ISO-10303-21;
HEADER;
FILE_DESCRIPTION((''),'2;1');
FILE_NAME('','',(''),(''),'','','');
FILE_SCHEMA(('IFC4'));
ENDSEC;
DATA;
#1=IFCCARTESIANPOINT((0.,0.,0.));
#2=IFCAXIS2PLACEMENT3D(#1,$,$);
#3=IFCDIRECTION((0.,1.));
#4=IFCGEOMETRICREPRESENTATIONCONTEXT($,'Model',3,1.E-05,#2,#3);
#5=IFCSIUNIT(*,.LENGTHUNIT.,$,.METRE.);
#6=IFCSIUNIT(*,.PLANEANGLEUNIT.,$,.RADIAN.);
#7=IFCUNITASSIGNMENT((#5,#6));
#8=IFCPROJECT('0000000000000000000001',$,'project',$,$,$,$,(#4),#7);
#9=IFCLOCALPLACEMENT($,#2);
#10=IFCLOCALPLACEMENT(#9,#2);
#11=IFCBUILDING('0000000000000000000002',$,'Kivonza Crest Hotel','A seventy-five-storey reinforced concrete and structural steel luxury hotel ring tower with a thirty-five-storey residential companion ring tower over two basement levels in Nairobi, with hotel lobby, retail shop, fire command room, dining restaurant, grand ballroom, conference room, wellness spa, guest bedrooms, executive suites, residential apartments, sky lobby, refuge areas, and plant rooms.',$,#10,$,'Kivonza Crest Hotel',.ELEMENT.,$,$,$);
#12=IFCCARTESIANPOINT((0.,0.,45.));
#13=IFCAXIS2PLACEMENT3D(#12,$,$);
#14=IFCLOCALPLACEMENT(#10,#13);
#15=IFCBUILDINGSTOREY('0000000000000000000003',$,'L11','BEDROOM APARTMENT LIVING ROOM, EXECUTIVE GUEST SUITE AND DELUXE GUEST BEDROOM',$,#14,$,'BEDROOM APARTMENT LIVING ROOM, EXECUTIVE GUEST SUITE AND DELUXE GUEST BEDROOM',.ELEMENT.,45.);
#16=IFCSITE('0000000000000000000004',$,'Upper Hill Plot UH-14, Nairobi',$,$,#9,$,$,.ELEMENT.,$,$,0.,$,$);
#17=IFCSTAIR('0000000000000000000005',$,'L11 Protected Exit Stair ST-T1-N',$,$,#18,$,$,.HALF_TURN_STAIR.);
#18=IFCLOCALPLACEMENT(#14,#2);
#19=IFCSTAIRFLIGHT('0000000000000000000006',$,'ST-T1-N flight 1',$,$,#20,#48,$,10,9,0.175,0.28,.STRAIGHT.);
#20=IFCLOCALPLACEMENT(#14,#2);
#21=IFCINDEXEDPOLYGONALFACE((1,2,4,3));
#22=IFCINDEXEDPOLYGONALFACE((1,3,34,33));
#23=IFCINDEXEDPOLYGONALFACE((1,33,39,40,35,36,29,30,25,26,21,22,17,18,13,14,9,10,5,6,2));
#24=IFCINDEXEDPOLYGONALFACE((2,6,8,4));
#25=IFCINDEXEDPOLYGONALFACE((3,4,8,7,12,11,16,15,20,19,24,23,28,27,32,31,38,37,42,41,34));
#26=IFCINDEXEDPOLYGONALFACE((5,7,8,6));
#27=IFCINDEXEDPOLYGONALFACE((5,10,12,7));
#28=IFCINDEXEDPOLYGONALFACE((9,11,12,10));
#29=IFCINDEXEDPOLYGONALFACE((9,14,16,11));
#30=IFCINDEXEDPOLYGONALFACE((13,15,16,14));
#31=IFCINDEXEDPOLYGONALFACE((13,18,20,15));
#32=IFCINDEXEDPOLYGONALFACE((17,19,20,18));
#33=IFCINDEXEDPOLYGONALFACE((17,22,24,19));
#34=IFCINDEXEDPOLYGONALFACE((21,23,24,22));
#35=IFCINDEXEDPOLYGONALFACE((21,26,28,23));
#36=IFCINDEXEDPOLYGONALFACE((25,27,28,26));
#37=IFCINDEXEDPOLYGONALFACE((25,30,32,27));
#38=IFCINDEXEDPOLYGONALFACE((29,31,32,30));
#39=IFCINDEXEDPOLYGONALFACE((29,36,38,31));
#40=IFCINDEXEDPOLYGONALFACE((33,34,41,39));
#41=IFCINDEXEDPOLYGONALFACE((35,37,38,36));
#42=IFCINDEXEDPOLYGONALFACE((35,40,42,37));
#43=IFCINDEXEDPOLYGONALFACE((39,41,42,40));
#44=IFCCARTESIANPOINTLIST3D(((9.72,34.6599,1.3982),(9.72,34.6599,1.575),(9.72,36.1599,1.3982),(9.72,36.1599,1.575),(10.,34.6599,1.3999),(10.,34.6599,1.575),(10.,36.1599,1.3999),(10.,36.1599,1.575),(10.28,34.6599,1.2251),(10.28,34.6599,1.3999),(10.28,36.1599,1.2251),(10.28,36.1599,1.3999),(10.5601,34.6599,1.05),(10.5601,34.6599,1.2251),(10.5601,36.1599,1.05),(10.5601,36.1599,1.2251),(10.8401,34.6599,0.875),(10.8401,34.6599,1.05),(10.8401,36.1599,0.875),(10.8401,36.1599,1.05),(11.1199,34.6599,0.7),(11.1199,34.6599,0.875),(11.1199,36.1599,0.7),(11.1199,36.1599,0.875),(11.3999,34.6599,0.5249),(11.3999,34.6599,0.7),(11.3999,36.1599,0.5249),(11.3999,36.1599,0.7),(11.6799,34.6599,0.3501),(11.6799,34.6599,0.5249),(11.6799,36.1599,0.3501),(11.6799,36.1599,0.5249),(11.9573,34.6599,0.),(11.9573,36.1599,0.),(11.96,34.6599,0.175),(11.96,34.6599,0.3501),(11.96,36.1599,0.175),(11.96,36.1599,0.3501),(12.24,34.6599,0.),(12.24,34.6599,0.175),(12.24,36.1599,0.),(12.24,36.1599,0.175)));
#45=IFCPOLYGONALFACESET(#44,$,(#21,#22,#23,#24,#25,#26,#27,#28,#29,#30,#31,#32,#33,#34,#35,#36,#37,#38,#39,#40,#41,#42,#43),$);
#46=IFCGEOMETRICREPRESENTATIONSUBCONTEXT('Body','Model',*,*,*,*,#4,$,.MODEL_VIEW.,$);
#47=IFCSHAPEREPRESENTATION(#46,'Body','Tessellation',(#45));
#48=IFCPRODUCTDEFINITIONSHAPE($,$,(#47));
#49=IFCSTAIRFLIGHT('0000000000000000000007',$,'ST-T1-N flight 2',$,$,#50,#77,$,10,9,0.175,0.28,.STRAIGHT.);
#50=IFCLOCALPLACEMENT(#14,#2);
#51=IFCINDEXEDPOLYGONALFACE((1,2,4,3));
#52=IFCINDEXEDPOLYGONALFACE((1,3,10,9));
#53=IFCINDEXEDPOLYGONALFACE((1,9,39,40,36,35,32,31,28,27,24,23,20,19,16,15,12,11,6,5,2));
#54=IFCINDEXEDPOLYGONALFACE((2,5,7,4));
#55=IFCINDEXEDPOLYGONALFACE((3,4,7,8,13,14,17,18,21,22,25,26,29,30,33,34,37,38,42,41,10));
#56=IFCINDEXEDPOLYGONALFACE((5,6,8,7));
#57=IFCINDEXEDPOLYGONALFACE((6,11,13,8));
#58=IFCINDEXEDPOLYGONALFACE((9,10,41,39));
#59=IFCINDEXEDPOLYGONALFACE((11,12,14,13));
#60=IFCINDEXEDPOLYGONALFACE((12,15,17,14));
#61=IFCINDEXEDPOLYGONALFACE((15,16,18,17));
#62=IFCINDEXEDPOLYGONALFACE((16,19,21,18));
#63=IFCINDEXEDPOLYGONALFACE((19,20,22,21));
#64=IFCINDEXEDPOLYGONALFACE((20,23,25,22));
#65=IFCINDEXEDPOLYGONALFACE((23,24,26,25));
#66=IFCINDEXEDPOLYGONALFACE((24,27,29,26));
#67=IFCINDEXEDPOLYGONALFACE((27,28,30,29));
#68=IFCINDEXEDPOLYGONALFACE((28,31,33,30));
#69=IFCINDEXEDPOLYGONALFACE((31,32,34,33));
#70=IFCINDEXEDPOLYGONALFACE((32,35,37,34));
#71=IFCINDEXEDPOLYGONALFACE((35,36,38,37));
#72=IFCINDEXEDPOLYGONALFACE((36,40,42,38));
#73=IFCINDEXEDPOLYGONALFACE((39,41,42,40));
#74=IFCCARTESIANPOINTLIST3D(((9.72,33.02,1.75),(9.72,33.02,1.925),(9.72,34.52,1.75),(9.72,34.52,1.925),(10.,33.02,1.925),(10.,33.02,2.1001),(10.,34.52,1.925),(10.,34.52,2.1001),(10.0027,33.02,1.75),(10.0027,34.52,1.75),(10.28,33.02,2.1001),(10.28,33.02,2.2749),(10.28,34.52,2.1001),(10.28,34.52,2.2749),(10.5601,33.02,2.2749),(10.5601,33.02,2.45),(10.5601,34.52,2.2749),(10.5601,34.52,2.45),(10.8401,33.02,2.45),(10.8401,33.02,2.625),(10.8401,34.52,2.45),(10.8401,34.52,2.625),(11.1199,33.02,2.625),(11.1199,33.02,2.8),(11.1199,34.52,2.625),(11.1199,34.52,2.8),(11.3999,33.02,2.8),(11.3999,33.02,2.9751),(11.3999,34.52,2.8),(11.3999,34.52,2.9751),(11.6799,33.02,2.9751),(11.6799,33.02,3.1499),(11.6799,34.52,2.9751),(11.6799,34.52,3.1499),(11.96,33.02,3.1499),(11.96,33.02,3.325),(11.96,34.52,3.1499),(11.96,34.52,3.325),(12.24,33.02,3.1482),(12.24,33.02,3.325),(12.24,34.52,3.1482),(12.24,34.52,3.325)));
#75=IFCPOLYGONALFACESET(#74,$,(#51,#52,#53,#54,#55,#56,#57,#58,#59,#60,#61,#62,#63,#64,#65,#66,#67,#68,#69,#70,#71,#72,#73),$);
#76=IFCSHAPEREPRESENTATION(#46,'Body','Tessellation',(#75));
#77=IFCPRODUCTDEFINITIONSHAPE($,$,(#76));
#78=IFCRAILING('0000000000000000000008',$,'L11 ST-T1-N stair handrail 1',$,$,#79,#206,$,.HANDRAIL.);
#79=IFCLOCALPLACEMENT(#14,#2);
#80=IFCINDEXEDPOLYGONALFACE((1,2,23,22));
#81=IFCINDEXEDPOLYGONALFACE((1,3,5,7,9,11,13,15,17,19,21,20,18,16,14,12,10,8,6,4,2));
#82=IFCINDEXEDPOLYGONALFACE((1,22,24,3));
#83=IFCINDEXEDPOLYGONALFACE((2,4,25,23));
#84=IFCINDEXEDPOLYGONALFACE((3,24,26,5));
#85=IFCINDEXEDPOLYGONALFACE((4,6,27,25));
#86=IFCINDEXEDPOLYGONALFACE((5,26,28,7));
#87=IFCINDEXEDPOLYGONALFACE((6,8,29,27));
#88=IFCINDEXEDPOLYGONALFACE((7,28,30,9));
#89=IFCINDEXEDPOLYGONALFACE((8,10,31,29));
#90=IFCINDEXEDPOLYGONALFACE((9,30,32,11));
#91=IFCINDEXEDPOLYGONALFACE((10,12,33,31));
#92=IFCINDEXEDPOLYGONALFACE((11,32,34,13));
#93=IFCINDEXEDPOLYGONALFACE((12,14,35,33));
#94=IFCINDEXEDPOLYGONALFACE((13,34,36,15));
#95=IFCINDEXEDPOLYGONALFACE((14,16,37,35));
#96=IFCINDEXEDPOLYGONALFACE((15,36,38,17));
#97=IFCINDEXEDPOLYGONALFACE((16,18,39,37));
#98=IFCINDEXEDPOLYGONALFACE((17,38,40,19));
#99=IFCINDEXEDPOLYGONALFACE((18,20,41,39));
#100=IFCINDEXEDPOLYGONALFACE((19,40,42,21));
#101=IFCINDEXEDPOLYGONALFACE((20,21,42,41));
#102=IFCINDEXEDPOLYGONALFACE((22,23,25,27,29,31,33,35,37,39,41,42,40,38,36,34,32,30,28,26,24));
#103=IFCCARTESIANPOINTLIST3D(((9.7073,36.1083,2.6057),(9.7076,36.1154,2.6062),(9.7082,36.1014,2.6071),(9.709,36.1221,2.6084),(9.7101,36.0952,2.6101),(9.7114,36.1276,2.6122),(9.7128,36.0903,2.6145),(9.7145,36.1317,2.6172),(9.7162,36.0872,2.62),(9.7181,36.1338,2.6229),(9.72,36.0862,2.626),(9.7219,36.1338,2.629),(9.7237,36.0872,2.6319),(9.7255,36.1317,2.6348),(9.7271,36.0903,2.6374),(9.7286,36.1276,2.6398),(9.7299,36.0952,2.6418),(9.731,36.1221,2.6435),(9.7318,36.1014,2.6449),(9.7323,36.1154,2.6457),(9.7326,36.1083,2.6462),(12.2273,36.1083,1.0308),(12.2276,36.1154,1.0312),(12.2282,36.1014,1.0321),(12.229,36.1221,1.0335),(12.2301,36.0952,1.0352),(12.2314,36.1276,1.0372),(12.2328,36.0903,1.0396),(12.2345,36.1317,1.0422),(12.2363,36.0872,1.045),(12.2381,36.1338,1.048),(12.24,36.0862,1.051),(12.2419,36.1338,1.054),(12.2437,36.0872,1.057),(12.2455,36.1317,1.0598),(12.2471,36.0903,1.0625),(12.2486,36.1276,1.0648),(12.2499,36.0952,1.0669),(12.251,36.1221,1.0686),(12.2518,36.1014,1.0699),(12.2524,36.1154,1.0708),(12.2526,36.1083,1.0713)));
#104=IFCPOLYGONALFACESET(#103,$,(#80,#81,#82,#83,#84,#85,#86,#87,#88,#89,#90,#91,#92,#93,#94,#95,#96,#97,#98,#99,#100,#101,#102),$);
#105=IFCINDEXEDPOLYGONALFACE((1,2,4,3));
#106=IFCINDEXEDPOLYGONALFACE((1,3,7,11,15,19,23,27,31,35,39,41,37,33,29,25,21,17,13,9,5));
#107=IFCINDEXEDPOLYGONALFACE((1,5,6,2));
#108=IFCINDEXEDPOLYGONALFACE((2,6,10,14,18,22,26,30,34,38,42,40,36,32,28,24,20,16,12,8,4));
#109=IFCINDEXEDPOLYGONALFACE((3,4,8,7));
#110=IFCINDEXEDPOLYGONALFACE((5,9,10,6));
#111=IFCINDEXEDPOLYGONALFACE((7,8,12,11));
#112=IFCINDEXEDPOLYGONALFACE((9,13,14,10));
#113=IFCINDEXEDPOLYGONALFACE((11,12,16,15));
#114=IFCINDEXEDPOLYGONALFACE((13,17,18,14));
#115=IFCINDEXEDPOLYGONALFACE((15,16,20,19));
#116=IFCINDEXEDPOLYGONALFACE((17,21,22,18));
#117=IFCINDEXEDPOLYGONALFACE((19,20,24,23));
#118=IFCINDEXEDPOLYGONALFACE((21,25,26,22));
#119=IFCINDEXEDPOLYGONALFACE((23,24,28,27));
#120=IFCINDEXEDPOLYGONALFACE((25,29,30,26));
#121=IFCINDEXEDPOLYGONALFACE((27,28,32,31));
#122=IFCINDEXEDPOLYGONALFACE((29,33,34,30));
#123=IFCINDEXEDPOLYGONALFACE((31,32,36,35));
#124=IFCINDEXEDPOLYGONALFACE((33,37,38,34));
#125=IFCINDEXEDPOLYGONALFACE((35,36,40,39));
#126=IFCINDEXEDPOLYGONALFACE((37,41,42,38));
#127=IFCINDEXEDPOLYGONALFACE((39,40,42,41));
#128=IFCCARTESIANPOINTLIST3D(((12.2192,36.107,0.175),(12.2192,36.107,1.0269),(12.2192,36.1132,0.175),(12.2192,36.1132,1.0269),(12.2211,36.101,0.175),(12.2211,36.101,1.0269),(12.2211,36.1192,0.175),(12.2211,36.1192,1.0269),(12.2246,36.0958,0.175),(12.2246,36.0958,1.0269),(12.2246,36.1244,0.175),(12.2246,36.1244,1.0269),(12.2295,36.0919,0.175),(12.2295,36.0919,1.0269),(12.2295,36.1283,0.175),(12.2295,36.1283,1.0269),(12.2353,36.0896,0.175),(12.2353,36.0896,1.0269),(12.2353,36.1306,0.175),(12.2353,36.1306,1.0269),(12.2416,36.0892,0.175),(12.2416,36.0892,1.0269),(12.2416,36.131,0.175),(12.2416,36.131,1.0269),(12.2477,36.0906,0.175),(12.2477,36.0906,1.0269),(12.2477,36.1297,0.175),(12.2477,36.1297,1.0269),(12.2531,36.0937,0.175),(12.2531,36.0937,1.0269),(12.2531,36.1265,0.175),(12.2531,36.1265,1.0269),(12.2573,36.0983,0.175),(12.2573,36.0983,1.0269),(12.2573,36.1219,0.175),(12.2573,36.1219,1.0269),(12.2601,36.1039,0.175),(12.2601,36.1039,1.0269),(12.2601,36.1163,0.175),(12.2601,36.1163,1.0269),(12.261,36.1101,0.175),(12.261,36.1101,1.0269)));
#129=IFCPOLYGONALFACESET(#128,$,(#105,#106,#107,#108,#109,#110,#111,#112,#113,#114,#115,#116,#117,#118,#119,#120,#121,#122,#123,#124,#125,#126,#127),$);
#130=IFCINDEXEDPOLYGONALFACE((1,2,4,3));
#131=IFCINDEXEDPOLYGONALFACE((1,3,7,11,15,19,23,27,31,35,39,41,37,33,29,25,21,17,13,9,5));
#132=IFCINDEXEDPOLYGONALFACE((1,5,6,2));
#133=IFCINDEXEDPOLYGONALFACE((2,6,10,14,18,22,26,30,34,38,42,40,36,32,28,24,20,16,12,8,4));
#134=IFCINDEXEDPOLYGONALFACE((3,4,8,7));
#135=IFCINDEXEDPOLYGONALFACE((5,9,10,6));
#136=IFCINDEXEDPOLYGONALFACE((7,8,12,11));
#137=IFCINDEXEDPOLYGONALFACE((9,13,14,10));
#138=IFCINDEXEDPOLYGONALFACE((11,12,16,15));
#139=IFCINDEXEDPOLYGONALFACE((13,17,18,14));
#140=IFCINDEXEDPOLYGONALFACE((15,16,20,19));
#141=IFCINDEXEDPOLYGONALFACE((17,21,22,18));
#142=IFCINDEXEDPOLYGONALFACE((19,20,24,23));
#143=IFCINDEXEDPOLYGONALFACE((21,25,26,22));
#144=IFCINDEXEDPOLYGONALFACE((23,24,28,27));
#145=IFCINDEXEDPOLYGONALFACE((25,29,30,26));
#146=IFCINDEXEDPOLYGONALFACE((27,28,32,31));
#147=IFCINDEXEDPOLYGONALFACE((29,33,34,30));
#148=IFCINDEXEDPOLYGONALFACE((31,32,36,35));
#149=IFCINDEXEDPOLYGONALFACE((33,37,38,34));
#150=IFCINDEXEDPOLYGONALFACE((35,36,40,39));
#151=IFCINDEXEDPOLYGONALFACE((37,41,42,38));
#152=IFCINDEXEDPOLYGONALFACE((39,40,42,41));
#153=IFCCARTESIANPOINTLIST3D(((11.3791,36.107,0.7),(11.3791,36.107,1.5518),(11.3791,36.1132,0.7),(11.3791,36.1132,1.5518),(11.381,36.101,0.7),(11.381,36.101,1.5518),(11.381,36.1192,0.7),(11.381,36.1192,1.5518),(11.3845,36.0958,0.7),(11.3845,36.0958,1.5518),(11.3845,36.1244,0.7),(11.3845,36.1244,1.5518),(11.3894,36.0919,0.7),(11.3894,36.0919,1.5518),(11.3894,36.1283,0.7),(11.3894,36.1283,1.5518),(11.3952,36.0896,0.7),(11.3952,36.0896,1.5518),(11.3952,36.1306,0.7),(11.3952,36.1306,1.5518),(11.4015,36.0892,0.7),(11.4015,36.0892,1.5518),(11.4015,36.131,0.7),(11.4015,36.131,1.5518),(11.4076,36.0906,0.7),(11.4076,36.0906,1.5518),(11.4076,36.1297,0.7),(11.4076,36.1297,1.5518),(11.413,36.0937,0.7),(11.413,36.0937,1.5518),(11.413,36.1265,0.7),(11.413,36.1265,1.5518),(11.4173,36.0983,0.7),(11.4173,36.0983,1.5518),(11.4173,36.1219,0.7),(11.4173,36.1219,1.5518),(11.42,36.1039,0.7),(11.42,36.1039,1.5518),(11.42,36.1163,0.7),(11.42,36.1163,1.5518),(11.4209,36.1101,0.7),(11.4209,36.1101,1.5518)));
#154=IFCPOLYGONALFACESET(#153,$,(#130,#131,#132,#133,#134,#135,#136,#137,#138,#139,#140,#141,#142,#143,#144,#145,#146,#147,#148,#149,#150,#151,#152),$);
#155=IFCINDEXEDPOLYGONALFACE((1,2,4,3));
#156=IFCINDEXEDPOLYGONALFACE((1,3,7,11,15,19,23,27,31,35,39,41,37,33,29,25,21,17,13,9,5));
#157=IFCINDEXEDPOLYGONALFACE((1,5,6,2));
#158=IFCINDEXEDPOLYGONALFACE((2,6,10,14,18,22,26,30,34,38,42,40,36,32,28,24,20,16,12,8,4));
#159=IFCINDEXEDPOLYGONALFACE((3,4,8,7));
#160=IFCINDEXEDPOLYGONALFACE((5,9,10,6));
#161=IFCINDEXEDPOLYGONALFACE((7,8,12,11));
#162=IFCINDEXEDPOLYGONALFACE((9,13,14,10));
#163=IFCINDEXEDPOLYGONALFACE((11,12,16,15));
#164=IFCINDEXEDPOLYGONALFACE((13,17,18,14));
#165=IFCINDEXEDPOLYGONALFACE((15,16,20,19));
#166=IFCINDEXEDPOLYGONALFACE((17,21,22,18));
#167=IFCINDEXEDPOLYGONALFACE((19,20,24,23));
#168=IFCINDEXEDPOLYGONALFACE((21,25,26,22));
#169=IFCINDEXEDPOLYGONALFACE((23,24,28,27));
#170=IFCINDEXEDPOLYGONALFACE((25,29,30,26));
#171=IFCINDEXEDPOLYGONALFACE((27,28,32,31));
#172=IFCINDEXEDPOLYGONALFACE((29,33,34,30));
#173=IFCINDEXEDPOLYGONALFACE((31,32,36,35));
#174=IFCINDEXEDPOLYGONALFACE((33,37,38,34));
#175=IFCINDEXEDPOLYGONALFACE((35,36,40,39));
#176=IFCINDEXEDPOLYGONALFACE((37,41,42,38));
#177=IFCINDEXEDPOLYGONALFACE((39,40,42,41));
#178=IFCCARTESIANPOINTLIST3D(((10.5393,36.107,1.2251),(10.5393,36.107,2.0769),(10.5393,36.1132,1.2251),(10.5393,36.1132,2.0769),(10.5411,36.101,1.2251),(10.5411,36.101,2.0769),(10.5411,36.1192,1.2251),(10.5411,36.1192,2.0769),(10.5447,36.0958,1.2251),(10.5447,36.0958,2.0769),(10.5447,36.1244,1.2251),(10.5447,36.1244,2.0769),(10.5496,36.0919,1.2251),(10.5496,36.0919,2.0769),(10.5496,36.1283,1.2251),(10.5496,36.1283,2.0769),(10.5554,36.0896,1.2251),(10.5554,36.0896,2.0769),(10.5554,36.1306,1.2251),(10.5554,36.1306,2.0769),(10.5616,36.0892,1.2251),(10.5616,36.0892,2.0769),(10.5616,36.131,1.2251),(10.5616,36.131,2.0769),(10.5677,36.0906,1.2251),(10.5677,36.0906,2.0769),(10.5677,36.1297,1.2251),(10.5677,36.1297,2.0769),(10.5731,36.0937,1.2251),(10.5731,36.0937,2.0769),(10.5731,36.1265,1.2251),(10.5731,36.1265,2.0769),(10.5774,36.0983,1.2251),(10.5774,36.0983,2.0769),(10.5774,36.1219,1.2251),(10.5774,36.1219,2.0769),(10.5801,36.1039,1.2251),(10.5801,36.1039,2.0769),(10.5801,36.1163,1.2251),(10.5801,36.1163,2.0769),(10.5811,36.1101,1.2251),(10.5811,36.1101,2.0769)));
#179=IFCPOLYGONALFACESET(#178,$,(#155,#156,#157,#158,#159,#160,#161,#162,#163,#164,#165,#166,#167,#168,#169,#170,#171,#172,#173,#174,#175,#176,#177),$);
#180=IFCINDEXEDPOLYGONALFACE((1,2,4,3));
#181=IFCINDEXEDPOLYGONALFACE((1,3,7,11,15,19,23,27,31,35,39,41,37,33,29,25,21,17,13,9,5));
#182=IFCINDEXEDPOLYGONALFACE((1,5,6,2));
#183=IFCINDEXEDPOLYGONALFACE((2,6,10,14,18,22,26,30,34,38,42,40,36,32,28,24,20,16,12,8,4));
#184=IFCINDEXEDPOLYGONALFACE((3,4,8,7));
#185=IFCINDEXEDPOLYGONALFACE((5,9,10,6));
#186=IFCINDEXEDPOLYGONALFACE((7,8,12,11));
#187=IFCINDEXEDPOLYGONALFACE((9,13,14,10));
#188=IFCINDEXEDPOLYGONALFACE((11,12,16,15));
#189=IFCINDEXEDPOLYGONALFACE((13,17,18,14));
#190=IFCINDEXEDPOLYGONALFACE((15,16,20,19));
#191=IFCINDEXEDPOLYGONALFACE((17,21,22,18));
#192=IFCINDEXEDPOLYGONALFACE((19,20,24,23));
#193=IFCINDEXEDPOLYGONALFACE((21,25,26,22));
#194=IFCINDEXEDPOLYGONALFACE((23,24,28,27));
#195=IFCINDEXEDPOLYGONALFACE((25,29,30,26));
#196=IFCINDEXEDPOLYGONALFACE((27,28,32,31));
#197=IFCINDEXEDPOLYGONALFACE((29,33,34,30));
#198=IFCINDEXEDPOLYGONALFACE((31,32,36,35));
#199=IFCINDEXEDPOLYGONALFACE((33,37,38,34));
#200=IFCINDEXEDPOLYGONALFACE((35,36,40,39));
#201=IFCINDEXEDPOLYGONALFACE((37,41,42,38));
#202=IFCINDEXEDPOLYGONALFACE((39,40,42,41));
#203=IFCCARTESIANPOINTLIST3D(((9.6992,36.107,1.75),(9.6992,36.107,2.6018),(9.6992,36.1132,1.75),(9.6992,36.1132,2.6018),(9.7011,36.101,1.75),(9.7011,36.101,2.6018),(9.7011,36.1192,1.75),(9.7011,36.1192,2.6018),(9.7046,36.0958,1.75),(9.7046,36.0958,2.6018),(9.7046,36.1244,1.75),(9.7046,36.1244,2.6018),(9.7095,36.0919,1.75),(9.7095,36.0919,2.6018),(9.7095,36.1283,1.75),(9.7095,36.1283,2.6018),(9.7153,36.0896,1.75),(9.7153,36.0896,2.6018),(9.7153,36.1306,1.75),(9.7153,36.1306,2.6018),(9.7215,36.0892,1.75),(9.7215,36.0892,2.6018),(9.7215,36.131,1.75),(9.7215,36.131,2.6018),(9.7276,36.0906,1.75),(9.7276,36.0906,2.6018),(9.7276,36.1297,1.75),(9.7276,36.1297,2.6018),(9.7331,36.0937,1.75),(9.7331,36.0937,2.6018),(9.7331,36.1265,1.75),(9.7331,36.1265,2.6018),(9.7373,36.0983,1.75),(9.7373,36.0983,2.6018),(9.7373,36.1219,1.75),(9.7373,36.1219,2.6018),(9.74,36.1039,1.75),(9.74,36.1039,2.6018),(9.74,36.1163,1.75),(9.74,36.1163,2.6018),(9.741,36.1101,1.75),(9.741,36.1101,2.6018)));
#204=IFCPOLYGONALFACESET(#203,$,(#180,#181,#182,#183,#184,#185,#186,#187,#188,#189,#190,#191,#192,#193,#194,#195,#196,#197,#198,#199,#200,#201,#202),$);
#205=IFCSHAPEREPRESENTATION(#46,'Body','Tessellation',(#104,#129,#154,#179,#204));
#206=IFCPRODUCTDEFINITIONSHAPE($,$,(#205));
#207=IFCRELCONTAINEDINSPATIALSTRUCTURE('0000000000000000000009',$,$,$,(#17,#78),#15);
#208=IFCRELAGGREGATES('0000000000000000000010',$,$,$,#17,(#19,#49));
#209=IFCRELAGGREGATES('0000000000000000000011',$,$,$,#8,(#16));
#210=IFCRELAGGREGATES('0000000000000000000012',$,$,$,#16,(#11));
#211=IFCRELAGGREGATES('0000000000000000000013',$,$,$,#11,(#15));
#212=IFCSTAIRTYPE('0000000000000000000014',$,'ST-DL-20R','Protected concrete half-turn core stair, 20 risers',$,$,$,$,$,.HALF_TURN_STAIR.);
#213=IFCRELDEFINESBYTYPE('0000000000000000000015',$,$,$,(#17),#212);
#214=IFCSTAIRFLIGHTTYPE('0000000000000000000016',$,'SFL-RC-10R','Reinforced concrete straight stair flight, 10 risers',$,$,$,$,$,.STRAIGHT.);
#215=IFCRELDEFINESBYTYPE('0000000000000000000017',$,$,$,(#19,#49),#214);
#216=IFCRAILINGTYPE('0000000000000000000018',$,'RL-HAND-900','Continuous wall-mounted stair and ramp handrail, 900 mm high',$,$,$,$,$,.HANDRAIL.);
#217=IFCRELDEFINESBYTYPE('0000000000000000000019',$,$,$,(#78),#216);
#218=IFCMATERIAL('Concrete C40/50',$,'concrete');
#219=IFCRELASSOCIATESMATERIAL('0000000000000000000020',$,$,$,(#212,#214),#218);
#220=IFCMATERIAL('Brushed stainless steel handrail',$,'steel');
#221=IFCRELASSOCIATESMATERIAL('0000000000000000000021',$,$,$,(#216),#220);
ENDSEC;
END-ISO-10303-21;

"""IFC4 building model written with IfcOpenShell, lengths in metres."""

from ifc_helpers import new_model, si_unit, direction, frame, origin, origin_2d, place, context, subcontext, project, spatial, polyline, circle, outline, extrude, material, type_object, element, aggregate, save


model = new_model("IFC4")

# Units and contexts
model_context = context("Model", 3, precision=1e-05, world=origin(), true_north=direction((0.0, 1.0)))
body_context = subcontext(model_context, "Body", "Model", "MODEL_VIEW")
ifc_project = project(units=[si_unit("LENGTHUNIT", "METRE"), si_unit("PLANEANGLEUNIT", "RADIAN")], contexts=[model_context])

# Site, building, storey
site_placement = place(None, origin())
site = spatial("IfcSite", under=ifc_project, at=site_placement, Name="Upper Hill Plot UH-14, Nairobi", CompositionType="ELEMENT", RefElevation=0.0)
building_placement = place(site_placement, origin())
building = spatial("IfcBuilding", under=site, at=building_placement, Name="Kivonza Crest Hotel", Description="A seventy-five-storey reinforced concrete and structural steel luxury hotel ring tower with a thirty-five-storey residential companion ring tower over two basement levels in Nairobi, with hotel lobby, retail shop, fire command room, dining restaurant, grand ballroom, conference room, wellness spa, guest bedrooms, executive suites, residential apartments, sky lobby, refuge areas, and plant rooms.", LongName="Kivonza Crest Hotel", CompositionType="ELEMENT")
storey_placement = place(building_placement, frame((0.0, 0.0, 45.0)))
storey = spatial("IfcBuildingStorey", under=building, at=storey_placement, Name="L11", Description="BEDROOM APARTMENT LIVING ROOM, EXECUTIVE GUEST SUITE AND DELUXE GUEST BEDROOM", LongName="BEDROOM APARTMENT LIVING ROOM, EXECUTIVE GUEST SUITE AND DELUXE GUEST BEDROOM", CompositionType="ELEMENT", Elevation=45.0)

# Stair, stair flights
ifc_material_1 = material(Name="Concrete C40/50", Category="concrete")
stair_type = type_object("IfcStairType", Name="ST-DL-20R", Description="Protected concrete half-turn core stair, 20 risers", PredefinedType="HALF_TURN_STAIR", material=ifc_material_1)
stair_placement = place(storey_placement, origin())
stair = element("IfcStair", 1, at=stair_placement, inside=storey, type_object=stair_type, Name="L11 Protected Exit Stair ST-T1-N", PredefinedType="HALF_TURN_STAIR")
stair_flight_type = type_object("IfcStairFlightType", Name="SFL-RC-10R", Description="Reinforced concrete straight stair flight, 10 risers", PredefinedType="STRAIGHT", material=ifc_material_1)
stair_flight_1_placement = place(storey_placement, frame((12.24, 35.4099, 0.0), z_axis=(0.0, 0.0, 1.0), x_axis=(-1.0, 0.0, 0.0)))
stair_flight_1 = element("IfcStairFlight", 2, at=stair_flight_1_placement, type_object=stair_flight_type, Name="ST-T1-N flight 1", NumberOfRisers=10, NumberOfTreads=9, PredefinedType="STRAIGHT", RiserHeight=0.175, TreadLength=0.28, context=body_context, shape_type="SweptSolid", body=[
    extrude(outline(polyline([(0.0, 0.0), (0.0, 0.175), (0.28, 0.175), (0.28, 0.3501), (0.5601, 0.3501), (0.5601, 0.5249), (0.8401, 0.5249), (0.8401, 0.7), (1.1201, 0.7), (1.1201, 0.875), (1.3999, 0.875), (1.3999, 1.05), (1.6799, 1.05), (1.6799, 1.2251), (1.96, 1.2251), (1.96, 1.3999), (2.24, 1.3999), (2.24, 1.575), (2.52, 1.575), (2.52, 1.75), (2.52, 1.3982), (0.2827, 0.0), (0.0, 0.0)])), frame((0.0, 0.75, 0.0), z_axis=(0.0, -1.0, 0.0), x_axis=(1.0, 0.0, 0.0)), (0.0, 0.0, 1.0), 1.5),
])
stair_flight_2_placement = place(storey_placement, frame((9.72, 33.77, 1.75), z_axis=(0.0, 0.0, 1.0), x_axis=(1.0, 0.0, 0.0)))
stair_flight_2 = element("IfcStairFlight", 3, at=stair_flight_2_placement, type_object=stair_flight_type, Name="ST-T1-N flight 2", NumberOfRisers=10, NumberOfTreads=9, PredefinedType="STRAIGHT", RiserHeight=0.175, TreadLength=0.28, context=body_context, shape_type="SweptSolid", body=[
    extrude(outline(polyline([(0.0, 0.0), (0.0, 0.175), (0.28, 0.175), (0.28, 0.3501), (0.5601, 0.3501), (0.5601, 0.5249), (0.8401, 0.5249), (0.8401, 0.7), (1.1201, 0.7), (1.1201, 0.875), (1.3999, 0.875), (1.3999, 1.05), (1.6799, 1.05), (1.6799, 1.2251), (1.96, 1.2251), (1.96, 1.3999), (2.24, 1.3999), (2.24, 1.575), (2.52, 1.575), (2.52, 1.75), (2.52, 1.3982), (0.2827, 0.0), (0.0, 0.0)])), frame((0.0, 0.75, 0.0), z_axis=(0.0, -1.0, 0.0), x_axis=(1.0, 0.0, 0.0)), (0.0, 0.0, 1.0), 1.5),
])
aggregate(stair, [stair_flight_1, stair_flight_2])

# Railing
ifc_material_2 = material(Name="Brushed stainless steel handrail", Category="steel")
railing_type_1 = type_object("IfcRailingType", Name="RL-HAND-900", Description="Continuous wall-mounted stair and ramp handrail, 900 mm high", PredefinedType="HANDRAIL", material=ifc_material_2)
railing_1_placement = place(storey_placement, frame((12.24, 36.1101, 0.175)))
element("IfcRailing", 4, at=railing_1_placement, inside=storey, type_object=railing_type_1, Name="L11 ST-T1-N stair handrail 1", PredefinedType="HANDRAIL", context=body_context, shape_type="SweptSolid", body=[
    extrude(circle(Radius=0.0239, at=origin_2d()), frame((0.0, 0.0, 0.876), z_axis=(-0.848008, 0.0, 0.529984), x_axis=(0.0, -1.0, 0.0)), (0.0, 0.0, 1.0), 2.9717),
    extrude(circle(Radius=0.021, at=origin_2d()), origin(), (0.0, 0.0, 1.0), 0.8518),
    extrude(circle(Radius=0.021, at=origin_2d()), frame((-0.8401, 0.0, 0.5249)), (0.0, 0.0, 1.0), 0.8518),
    extrude(circle(Radius=0.021, at=origin_2d()), frame((-1.6799, 0.0, 1.05)), (0.0, 0.0, 1.0), 0.8518),
    extrude(circle(Radius=0.021, at=origin_2d()), frame((-2.52, 0.0, 1.575)), (0.0, 0.0, 1.0), 0.8518),
])

save(model, "model.ifc")
